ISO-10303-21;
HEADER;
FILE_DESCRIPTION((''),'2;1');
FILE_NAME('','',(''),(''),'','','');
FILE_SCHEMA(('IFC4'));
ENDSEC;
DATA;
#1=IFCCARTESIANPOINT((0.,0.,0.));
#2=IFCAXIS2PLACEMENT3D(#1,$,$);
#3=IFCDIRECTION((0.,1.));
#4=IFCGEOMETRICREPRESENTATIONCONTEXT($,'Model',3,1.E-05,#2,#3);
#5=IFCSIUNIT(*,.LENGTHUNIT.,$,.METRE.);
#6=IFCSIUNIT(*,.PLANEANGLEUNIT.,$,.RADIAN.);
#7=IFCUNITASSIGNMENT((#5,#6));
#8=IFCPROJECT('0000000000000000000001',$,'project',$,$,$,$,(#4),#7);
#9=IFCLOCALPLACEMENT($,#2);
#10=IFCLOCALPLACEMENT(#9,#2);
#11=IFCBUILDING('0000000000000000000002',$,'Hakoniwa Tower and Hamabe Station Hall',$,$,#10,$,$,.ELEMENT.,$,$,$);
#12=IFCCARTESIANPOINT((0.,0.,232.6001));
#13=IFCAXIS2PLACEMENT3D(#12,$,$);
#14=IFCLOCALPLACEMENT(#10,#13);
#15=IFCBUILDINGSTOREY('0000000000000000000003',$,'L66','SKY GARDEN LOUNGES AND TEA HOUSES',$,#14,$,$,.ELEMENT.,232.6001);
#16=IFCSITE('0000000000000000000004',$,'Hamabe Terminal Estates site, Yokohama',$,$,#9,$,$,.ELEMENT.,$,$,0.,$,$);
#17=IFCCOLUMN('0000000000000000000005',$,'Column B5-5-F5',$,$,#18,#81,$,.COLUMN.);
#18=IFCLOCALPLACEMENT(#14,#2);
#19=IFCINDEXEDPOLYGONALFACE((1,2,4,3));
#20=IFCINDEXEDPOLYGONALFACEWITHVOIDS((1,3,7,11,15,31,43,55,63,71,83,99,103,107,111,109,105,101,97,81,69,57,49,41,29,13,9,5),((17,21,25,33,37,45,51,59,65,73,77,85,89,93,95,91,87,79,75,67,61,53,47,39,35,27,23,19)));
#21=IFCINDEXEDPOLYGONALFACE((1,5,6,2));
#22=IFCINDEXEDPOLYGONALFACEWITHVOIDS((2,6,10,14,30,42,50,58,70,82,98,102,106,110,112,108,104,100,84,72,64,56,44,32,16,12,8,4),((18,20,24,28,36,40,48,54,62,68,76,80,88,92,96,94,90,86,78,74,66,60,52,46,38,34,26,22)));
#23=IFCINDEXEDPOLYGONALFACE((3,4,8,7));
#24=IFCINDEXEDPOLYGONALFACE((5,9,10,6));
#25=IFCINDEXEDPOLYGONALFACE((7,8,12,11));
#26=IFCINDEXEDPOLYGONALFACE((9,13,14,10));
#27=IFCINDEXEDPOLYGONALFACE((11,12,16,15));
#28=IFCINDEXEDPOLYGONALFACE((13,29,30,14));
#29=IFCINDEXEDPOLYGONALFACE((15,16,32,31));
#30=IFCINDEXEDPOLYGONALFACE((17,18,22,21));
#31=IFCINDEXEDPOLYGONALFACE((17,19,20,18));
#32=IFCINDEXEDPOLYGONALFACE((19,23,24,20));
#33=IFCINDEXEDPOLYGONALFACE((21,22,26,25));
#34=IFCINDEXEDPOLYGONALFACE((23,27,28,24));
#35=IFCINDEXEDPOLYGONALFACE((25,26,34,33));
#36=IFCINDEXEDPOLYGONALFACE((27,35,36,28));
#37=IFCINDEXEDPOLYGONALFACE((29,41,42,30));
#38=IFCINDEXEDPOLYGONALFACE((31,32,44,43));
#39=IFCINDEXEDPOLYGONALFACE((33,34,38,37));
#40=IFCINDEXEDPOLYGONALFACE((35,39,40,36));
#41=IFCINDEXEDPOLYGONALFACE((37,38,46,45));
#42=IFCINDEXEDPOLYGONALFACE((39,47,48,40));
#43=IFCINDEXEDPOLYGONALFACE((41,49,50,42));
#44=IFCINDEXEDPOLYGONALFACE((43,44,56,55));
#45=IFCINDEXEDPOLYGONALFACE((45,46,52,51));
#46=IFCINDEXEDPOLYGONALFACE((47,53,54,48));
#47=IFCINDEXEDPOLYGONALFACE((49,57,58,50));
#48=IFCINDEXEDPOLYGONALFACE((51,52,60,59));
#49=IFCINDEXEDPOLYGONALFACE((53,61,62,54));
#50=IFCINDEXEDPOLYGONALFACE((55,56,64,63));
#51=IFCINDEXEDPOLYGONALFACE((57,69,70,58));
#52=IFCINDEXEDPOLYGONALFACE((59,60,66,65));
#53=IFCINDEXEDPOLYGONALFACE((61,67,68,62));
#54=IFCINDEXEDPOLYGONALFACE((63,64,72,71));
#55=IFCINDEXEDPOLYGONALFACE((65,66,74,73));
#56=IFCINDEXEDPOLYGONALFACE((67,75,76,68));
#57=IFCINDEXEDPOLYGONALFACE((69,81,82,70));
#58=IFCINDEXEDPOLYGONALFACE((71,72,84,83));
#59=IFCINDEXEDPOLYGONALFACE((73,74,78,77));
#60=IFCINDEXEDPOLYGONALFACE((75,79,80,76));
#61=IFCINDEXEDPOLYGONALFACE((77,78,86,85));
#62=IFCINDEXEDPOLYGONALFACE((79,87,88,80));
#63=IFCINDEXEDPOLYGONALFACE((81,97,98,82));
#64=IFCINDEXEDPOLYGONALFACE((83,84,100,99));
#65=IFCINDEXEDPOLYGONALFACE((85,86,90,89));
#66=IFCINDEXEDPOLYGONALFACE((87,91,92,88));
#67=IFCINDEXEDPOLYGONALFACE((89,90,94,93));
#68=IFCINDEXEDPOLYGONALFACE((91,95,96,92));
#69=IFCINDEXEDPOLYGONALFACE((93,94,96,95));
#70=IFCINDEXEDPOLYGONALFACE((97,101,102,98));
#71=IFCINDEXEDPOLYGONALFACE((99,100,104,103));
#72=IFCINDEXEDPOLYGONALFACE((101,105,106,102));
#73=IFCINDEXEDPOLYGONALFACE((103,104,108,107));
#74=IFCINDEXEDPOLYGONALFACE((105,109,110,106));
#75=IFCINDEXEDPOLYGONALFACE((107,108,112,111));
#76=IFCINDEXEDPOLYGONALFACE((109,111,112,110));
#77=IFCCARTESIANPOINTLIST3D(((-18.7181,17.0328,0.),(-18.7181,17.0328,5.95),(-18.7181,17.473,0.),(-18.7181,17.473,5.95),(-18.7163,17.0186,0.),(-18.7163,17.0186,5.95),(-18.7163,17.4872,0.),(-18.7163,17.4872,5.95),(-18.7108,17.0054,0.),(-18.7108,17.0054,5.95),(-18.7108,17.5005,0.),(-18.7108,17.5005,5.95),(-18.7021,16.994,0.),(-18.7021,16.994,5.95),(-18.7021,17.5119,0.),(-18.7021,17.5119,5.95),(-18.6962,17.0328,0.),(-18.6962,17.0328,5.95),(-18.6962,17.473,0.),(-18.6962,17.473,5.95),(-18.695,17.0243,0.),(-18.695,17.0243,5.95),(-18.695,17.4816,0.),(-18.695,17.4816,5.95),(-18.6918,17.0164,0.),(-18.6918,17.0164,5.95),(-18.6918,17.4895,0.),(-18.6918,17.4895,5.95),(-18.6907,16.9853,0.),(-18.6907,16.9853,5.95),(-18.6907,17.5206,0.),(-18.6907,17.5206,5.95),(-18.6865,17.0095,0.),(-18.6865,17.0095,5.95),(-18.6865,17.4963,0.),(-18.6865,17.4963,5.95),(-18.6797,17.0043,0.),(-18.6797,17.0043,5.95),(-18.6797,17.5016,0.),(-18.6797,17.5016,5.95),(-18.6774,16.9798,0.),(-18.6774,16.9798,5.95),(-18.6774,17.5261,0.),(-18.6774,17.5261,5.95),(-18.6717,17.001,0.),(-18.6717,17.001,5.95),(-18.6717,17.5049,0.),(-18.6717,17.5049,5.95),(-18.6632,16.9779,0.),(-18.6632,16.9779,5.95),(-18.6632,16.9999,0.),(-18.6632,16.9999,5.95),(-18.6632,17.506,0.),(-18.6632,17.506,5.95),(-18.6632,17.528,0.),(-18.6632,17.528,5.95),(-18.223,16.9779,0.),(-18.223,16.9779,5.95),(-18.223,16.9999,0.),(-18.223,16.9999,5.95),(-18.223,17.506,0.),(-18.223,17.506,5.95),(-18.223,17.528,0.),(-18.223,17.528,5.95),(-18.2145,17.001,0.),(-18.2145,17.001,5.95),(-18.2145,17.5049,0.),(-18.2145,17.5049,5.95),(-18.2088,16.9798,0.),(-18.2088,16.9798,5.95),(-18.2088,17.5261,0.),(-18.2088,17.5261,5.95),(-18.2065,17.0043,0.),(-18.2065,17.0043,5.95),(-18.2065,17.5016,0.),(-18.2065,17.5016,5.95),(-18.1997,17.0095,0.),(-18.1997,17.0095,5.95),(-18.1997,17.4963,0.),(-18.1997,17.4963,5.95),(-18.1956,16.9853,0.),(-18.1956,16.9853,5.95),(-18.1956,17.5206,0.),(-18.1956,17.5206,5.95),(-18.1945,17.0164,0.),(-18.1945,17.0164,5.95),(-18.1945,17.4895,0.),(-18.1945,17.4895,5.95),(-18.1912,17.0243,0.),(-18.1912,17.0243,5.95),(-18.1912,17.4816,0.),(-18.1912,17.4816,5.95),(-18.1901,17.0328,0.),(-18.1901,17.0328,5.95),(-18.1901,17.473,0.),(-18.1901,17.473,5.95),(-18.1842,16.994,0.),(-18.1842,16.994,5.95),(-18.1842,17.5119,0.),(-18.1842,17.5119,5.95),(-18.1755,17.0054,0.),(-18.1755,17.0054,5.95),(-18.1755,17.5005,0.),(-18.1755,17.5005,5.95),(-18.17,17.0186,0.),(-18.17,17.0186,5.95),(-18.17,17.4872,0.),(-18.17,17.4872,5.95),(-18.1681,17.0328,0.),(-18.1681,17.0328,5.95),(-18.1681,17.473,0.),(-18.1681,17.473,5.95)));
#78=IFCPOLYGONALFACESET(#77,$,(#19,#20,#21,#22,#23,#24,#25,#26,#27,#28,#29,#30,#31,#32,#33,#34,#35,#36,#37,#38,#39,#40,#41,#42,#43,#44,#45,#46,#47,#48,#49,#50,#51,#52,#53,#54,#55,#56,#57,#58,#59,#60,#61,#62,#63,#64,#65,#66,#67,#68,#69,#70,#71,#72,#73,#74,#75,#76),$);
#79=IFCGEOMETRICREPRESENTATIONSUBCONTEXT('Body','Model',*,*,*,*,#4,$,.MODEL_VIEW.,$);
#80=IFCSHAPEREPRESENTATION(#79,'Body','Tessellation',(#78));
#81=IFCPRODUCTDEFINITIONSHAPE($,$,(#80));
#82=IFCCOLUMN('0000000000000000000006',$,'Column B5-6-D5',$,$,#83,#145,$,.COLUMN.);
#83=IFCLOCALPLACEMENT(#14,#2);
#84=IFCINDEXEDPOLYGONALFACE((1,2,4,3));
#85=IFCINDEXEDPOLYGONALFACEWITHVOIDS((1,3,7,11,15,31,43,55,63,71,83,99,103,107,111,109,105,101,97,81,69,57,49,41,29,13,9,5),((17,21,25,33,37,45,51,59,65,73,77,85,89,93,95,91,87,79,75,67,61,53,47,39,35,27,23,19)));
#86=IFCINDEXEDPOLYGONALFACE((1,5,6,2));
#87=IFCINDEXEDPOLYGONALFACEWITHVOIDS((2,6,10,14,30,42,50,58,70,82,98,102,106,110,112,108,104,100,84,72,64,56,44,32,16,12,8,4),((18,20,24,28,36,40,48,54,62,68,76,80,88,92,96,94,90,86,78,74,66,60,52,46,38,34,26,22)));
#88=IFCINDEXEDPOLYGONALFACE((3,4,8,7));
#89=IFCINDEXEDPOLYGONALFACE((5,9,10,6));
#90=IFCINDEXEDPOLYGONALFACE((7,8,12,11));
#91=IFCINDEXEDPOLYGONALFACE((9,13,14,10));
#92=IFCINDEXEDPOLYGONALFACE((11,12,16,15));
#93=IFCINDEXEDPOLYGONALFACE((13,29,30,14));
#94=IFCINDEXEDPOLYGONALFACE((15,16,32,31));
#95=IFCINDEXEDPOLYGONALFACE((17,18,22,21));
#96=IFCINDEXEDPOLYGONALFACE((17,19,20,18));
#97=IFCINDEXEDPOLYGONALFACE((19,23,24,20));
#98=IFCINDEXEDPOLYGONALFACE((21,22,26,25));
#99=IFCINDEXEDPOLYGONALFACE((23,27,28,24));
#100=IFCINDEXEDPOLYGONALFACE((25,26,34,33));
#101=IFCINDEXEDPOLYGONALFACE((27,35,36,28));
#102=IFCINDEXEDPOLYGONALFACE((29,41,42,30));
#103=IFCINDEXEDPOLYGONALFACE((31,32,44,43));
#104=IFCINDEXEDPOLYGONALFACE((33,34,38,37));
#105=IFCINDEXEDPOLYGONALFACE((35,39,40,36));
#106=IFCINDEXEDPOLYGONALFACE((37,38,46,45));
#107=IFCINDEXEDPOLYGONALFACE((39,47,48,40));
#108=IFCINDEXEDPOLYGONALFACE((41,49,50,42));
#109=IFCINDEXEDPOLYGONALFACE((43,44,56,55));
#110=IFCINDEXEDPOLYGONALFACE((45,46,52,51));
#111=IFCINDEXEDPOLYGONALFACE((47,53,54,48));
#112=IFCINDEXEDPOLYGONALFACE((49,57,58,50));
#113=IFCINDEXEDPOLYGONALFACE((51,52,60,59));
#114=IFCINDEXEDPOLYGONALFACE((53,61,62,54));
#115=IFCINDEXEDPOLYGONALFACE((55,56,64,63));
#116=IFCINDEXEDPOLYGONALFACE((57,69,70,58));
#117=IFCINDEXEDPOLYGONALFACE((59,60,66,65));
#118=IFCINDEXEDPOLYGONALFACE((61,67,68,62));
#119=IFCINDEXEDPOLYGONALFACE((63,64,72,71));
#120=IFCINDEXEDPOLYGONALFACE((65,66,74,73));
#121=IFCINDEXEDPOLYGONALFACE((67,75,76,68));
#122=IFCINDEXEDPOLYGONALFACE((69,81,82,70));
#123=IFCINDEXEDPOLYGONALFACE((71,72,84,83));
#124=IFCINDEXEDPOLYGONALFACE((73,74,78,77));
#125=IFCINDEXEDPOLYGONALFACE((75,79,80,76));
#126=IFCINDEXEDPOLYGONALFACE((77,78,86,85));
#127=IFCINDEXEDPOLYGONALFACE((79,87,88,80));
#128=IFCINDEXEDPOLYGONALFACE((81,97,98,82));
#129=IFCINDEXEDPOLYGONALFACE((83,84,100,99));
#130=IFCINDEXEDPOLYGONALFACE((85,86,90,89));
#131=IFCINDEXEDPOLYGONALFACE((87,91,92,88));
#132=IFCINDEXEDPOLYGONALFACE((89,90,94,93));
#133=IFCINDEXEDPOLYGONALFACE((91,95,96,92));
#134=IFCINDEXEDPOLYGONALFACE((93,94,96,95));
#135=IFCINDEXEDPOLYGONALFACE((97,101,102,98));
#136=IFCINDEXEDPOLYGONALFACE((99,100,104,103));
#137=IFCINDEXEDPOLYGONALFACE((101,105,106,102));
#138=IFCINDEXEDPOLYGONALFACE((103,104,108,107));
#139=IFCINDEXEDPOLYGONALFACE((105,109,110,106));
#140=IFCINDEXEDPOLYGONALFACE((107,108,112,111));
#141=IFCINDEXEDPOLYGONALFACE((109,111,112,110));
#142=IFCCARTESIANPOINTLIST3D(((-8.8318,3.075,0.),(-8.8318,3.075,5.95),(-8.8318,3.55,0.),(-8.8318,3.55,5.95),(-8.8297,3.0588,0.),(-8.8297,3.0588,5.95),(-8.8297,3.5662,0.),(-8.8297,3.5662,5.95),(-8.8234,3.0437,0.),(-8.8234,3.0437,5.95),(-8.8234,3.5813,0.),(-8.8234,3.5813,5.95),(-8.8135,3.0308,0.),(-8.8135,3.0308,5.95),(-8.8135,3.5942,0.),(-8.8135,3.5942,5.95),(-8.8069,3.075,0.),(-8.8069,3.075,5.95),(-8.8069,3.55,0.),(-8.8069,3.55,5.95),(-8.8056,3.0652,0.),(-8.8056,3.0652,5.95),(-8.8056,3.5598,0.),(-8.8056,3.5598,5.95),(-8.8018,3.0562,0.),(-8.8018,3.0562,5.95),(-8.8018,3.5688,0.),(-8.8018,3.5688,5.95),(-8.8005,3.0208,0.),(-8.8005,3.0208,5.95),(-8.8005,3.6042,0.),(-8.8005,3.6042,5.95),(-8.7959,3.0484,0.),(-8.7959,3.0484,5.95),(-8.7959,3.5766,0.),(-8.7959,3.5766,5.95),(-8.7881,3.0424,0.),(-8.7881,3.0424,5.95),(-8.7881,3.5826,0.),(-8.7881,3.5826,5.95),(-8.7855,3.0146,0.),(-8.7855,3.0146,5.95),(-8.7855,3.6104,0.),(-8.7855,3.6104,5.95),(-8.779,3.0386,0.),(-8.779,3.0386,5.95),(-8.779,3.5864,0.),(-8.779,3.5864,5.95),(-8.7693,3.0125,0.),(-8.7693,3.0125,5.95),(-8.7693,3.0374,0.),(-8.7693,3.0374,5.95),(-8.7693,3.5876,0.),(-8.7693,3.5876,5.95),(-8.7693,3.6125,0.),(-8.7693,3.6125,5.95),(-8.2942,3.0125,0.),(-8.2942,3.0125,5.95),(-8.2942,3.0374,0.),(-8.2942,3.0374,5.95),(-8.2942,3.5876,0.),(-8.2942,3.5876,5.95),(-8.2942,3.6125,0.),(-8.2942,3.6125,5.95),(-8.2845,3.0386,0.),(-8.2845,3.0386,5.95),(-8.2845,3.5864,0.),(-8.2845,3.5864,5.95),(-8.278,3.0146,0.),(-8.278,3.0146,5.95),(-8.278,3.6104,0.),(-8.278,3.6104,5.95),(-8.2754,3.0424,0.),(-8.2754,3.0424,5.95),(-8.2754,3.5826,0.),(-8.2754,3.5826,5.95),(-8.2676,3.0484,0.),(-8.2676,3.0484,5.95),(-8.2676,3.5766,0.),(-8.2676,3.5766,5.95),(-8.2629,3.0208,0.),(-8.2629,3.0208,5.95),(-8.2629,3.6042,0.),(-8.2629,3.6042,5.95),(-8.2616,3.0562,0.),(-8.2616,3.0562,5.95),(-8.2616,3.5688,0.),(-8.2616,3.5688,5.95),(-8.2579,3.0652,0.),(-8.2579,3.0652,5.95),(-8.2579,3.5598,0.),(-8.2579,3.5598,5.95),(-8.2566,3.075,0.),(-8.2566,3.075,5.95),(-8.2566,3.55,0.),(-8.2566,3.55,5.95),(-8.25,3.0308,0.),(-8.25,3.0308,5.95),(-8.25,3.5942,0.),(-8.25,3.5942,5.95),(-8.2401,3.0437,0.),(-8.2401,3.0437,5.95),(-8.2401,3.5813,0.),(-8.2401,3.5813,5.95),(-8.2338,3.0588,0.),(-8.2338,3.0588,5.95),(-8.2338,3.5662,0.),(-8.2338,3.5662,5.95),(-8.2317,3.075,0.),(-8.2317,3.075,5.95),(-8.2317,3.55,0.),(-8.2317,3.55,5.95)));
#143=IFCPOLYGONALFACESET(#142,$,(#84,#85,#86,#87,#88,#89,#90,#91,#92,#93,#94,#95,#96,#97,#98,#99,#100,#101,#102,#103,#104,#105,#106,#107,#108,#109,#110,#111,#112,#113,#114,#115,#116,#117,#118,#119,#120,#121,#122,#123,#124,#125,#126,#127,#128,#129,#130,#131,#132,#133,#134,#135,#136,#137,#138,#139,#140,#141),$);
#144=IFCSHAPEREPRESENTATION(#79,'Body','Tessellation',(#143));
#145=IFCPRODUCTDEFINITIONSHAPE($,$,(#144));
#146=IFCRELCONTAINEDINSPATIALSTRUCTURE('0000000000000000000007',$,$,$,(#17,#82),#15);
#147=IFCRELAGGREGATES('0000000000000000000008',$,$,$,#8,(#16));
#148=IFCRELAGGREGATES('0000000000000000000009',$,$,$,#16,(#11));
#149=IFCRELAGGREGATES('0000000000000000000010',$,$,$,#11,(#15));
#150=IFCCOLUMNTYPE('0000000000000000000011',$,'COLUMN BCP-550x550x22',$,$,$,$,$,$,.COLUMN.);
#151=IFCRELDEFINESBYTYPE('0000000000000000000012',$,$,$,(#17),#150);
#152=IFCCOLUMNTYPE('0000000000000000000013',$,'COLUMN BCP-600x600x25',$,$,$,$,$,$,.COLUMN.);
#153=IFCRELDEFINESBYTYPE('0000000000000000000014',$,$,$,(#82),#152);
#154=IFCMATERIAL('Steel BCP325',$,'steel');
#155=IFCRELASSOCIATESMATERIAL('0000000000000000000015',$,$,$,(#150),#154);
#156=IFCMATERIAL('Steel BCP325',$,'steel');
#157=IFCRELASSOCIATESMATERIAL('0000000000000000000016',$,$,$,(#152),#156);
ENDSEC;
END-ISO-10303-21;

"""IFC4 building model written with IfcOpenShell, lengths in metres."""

from ifc_helpers import new_model, si_unit, direction, frame, origin, origin_2d, place, context, subcontext, project, spatial, hollow_rectangle, extrude, material, material_profile, profile_set, type_object, element, save


model = new_model("IFC4")

# Units and contexts
model_context = context("Model", 3, precision=1e-05, world=origin(), true_north=direction((0.0, 1.0)))
body_context = subcontext(model_context, "Body", "Model", "MODEL_VIEW")
ifc_project = project(units=[si_unit("LENGTHUNIT", "METRE"), si_unit("PLANEANGLEUNIT", "RADIAN")], contexts=[model_context])

# Site, building, storey
site_placement = place(None, origin())
site = spatial("IfcSite", under=ifc_project, at=site_placement, Name="Hamabe Terminal Estates site, Yokohama", CompositionType="ELEMENT", RefElevation=0.0)
building_placement = place(site_placement, origin())
building = spatial("IfcBuilding", under=site, at=building_placement, Name="Hakoniwa Tower and Hamabe Station Hall", CompositionType="ELEMENT")
storey_placement = place(building_placement, frame((0.0, 0.0, 232.6001)))
storey = spatial("IfcBuildingStorey", under=building, at=storey_placement, Name="L66", Description="SKY GARDEN LOUNGES AND TEA HOUSES", CompositionType="ELEMENT", Elevation=232.6001)

# Columns
ifc_material_1 = material(Name="Steel BCP325", Category="steel")
ifc_material_profile_1 = material_profile(ifc_material_1, hollow_rectangle(XDim=0.55, YDim=0.55, WallThickness=0.022, InnerFilletRadius=0.033, OuterFilletRadius=0.0549, at=origin_2d()), Name="BCP-550x550x22")
ifc_profile_set_1 = profile_set([ifc_material_profile_1], Name="Steel BCP325")
column_type_1 = type_object("IfcColumnType", Name="COLUMN BCP-550x550x22", PredefinedType="COLUMN", material=ifc_profile_set_1)
column_placement = place(storey_placement, frame((-18.4431, 17.2529, 0.0), z_axis=(0.0, 0.0, 1.0), x_axis=(1.0, 0.0, 0.0)))
element("IfcColumn", 1, at=column_placement, inside=storey, type_object=column_type_1, Name="Column B5-5-F5", PredefinedType="COLUMN", context=body_context, shape_type="SweptSolid", body=[
    extrude(hollow_rectangle(XDim=0.55, YDim=0.55, WallThickness=0.022, InnerFilletRadius=0.033, OuterFilletRadius=0.0549, at=origin_2d()), origin(), (0.0, 0.0, 1.0), 5.95),
])
ifc_material_2 = material(Name="Steel BCP325", Category="steel")
ifc_material_profile_2 = material_profile(ifc_material_2, hollow_rectangle(XDim=0.6001, YDim=0.6001, WallThickness=0.0249, InnerFilletRadius=0.0376, OuterFilletRadius=0.0625, at=origin_2d()), Name="BCP-600x600x25")
ifc_profile_set_2 = profile_set([ifc_material_profile_2], Name="Steel BCP325")
column_type_2 = type_object("IfcColumnType", Name="COLUMN BCP-600x600x25", PredefinedType="COLUMN", material=ifc_profile_set_2)
for number, where, z_axis, x_axis, name in (
    (2, (-8.5317, 3.3125, 0.0), (0.0, 0.0, 1.0), (1.0, 0.0, 0.0), "Column B5-6-D5"),
):
    element("IfcColumn", number, at=place(storey_placement, frame(where, z_axis=z_axis, x_axis=x_axis)), inside=storey, type_object=column_type_2, Name=name, PredefinedType="COLUMN", context=body_context, shape_type="SweptSolid", body=[
        extrude(hollow_rectangle(XDim=0.6001, YDim=0.6001, WallThickness=0.0249, InnerFilletRadius=0.0376, OuterFilletRadius=0.0625, at=origin_2d()), origin(), (0.0, 0.0, 1.0), 5.95),
    ])

save(model, "model.ifc")
